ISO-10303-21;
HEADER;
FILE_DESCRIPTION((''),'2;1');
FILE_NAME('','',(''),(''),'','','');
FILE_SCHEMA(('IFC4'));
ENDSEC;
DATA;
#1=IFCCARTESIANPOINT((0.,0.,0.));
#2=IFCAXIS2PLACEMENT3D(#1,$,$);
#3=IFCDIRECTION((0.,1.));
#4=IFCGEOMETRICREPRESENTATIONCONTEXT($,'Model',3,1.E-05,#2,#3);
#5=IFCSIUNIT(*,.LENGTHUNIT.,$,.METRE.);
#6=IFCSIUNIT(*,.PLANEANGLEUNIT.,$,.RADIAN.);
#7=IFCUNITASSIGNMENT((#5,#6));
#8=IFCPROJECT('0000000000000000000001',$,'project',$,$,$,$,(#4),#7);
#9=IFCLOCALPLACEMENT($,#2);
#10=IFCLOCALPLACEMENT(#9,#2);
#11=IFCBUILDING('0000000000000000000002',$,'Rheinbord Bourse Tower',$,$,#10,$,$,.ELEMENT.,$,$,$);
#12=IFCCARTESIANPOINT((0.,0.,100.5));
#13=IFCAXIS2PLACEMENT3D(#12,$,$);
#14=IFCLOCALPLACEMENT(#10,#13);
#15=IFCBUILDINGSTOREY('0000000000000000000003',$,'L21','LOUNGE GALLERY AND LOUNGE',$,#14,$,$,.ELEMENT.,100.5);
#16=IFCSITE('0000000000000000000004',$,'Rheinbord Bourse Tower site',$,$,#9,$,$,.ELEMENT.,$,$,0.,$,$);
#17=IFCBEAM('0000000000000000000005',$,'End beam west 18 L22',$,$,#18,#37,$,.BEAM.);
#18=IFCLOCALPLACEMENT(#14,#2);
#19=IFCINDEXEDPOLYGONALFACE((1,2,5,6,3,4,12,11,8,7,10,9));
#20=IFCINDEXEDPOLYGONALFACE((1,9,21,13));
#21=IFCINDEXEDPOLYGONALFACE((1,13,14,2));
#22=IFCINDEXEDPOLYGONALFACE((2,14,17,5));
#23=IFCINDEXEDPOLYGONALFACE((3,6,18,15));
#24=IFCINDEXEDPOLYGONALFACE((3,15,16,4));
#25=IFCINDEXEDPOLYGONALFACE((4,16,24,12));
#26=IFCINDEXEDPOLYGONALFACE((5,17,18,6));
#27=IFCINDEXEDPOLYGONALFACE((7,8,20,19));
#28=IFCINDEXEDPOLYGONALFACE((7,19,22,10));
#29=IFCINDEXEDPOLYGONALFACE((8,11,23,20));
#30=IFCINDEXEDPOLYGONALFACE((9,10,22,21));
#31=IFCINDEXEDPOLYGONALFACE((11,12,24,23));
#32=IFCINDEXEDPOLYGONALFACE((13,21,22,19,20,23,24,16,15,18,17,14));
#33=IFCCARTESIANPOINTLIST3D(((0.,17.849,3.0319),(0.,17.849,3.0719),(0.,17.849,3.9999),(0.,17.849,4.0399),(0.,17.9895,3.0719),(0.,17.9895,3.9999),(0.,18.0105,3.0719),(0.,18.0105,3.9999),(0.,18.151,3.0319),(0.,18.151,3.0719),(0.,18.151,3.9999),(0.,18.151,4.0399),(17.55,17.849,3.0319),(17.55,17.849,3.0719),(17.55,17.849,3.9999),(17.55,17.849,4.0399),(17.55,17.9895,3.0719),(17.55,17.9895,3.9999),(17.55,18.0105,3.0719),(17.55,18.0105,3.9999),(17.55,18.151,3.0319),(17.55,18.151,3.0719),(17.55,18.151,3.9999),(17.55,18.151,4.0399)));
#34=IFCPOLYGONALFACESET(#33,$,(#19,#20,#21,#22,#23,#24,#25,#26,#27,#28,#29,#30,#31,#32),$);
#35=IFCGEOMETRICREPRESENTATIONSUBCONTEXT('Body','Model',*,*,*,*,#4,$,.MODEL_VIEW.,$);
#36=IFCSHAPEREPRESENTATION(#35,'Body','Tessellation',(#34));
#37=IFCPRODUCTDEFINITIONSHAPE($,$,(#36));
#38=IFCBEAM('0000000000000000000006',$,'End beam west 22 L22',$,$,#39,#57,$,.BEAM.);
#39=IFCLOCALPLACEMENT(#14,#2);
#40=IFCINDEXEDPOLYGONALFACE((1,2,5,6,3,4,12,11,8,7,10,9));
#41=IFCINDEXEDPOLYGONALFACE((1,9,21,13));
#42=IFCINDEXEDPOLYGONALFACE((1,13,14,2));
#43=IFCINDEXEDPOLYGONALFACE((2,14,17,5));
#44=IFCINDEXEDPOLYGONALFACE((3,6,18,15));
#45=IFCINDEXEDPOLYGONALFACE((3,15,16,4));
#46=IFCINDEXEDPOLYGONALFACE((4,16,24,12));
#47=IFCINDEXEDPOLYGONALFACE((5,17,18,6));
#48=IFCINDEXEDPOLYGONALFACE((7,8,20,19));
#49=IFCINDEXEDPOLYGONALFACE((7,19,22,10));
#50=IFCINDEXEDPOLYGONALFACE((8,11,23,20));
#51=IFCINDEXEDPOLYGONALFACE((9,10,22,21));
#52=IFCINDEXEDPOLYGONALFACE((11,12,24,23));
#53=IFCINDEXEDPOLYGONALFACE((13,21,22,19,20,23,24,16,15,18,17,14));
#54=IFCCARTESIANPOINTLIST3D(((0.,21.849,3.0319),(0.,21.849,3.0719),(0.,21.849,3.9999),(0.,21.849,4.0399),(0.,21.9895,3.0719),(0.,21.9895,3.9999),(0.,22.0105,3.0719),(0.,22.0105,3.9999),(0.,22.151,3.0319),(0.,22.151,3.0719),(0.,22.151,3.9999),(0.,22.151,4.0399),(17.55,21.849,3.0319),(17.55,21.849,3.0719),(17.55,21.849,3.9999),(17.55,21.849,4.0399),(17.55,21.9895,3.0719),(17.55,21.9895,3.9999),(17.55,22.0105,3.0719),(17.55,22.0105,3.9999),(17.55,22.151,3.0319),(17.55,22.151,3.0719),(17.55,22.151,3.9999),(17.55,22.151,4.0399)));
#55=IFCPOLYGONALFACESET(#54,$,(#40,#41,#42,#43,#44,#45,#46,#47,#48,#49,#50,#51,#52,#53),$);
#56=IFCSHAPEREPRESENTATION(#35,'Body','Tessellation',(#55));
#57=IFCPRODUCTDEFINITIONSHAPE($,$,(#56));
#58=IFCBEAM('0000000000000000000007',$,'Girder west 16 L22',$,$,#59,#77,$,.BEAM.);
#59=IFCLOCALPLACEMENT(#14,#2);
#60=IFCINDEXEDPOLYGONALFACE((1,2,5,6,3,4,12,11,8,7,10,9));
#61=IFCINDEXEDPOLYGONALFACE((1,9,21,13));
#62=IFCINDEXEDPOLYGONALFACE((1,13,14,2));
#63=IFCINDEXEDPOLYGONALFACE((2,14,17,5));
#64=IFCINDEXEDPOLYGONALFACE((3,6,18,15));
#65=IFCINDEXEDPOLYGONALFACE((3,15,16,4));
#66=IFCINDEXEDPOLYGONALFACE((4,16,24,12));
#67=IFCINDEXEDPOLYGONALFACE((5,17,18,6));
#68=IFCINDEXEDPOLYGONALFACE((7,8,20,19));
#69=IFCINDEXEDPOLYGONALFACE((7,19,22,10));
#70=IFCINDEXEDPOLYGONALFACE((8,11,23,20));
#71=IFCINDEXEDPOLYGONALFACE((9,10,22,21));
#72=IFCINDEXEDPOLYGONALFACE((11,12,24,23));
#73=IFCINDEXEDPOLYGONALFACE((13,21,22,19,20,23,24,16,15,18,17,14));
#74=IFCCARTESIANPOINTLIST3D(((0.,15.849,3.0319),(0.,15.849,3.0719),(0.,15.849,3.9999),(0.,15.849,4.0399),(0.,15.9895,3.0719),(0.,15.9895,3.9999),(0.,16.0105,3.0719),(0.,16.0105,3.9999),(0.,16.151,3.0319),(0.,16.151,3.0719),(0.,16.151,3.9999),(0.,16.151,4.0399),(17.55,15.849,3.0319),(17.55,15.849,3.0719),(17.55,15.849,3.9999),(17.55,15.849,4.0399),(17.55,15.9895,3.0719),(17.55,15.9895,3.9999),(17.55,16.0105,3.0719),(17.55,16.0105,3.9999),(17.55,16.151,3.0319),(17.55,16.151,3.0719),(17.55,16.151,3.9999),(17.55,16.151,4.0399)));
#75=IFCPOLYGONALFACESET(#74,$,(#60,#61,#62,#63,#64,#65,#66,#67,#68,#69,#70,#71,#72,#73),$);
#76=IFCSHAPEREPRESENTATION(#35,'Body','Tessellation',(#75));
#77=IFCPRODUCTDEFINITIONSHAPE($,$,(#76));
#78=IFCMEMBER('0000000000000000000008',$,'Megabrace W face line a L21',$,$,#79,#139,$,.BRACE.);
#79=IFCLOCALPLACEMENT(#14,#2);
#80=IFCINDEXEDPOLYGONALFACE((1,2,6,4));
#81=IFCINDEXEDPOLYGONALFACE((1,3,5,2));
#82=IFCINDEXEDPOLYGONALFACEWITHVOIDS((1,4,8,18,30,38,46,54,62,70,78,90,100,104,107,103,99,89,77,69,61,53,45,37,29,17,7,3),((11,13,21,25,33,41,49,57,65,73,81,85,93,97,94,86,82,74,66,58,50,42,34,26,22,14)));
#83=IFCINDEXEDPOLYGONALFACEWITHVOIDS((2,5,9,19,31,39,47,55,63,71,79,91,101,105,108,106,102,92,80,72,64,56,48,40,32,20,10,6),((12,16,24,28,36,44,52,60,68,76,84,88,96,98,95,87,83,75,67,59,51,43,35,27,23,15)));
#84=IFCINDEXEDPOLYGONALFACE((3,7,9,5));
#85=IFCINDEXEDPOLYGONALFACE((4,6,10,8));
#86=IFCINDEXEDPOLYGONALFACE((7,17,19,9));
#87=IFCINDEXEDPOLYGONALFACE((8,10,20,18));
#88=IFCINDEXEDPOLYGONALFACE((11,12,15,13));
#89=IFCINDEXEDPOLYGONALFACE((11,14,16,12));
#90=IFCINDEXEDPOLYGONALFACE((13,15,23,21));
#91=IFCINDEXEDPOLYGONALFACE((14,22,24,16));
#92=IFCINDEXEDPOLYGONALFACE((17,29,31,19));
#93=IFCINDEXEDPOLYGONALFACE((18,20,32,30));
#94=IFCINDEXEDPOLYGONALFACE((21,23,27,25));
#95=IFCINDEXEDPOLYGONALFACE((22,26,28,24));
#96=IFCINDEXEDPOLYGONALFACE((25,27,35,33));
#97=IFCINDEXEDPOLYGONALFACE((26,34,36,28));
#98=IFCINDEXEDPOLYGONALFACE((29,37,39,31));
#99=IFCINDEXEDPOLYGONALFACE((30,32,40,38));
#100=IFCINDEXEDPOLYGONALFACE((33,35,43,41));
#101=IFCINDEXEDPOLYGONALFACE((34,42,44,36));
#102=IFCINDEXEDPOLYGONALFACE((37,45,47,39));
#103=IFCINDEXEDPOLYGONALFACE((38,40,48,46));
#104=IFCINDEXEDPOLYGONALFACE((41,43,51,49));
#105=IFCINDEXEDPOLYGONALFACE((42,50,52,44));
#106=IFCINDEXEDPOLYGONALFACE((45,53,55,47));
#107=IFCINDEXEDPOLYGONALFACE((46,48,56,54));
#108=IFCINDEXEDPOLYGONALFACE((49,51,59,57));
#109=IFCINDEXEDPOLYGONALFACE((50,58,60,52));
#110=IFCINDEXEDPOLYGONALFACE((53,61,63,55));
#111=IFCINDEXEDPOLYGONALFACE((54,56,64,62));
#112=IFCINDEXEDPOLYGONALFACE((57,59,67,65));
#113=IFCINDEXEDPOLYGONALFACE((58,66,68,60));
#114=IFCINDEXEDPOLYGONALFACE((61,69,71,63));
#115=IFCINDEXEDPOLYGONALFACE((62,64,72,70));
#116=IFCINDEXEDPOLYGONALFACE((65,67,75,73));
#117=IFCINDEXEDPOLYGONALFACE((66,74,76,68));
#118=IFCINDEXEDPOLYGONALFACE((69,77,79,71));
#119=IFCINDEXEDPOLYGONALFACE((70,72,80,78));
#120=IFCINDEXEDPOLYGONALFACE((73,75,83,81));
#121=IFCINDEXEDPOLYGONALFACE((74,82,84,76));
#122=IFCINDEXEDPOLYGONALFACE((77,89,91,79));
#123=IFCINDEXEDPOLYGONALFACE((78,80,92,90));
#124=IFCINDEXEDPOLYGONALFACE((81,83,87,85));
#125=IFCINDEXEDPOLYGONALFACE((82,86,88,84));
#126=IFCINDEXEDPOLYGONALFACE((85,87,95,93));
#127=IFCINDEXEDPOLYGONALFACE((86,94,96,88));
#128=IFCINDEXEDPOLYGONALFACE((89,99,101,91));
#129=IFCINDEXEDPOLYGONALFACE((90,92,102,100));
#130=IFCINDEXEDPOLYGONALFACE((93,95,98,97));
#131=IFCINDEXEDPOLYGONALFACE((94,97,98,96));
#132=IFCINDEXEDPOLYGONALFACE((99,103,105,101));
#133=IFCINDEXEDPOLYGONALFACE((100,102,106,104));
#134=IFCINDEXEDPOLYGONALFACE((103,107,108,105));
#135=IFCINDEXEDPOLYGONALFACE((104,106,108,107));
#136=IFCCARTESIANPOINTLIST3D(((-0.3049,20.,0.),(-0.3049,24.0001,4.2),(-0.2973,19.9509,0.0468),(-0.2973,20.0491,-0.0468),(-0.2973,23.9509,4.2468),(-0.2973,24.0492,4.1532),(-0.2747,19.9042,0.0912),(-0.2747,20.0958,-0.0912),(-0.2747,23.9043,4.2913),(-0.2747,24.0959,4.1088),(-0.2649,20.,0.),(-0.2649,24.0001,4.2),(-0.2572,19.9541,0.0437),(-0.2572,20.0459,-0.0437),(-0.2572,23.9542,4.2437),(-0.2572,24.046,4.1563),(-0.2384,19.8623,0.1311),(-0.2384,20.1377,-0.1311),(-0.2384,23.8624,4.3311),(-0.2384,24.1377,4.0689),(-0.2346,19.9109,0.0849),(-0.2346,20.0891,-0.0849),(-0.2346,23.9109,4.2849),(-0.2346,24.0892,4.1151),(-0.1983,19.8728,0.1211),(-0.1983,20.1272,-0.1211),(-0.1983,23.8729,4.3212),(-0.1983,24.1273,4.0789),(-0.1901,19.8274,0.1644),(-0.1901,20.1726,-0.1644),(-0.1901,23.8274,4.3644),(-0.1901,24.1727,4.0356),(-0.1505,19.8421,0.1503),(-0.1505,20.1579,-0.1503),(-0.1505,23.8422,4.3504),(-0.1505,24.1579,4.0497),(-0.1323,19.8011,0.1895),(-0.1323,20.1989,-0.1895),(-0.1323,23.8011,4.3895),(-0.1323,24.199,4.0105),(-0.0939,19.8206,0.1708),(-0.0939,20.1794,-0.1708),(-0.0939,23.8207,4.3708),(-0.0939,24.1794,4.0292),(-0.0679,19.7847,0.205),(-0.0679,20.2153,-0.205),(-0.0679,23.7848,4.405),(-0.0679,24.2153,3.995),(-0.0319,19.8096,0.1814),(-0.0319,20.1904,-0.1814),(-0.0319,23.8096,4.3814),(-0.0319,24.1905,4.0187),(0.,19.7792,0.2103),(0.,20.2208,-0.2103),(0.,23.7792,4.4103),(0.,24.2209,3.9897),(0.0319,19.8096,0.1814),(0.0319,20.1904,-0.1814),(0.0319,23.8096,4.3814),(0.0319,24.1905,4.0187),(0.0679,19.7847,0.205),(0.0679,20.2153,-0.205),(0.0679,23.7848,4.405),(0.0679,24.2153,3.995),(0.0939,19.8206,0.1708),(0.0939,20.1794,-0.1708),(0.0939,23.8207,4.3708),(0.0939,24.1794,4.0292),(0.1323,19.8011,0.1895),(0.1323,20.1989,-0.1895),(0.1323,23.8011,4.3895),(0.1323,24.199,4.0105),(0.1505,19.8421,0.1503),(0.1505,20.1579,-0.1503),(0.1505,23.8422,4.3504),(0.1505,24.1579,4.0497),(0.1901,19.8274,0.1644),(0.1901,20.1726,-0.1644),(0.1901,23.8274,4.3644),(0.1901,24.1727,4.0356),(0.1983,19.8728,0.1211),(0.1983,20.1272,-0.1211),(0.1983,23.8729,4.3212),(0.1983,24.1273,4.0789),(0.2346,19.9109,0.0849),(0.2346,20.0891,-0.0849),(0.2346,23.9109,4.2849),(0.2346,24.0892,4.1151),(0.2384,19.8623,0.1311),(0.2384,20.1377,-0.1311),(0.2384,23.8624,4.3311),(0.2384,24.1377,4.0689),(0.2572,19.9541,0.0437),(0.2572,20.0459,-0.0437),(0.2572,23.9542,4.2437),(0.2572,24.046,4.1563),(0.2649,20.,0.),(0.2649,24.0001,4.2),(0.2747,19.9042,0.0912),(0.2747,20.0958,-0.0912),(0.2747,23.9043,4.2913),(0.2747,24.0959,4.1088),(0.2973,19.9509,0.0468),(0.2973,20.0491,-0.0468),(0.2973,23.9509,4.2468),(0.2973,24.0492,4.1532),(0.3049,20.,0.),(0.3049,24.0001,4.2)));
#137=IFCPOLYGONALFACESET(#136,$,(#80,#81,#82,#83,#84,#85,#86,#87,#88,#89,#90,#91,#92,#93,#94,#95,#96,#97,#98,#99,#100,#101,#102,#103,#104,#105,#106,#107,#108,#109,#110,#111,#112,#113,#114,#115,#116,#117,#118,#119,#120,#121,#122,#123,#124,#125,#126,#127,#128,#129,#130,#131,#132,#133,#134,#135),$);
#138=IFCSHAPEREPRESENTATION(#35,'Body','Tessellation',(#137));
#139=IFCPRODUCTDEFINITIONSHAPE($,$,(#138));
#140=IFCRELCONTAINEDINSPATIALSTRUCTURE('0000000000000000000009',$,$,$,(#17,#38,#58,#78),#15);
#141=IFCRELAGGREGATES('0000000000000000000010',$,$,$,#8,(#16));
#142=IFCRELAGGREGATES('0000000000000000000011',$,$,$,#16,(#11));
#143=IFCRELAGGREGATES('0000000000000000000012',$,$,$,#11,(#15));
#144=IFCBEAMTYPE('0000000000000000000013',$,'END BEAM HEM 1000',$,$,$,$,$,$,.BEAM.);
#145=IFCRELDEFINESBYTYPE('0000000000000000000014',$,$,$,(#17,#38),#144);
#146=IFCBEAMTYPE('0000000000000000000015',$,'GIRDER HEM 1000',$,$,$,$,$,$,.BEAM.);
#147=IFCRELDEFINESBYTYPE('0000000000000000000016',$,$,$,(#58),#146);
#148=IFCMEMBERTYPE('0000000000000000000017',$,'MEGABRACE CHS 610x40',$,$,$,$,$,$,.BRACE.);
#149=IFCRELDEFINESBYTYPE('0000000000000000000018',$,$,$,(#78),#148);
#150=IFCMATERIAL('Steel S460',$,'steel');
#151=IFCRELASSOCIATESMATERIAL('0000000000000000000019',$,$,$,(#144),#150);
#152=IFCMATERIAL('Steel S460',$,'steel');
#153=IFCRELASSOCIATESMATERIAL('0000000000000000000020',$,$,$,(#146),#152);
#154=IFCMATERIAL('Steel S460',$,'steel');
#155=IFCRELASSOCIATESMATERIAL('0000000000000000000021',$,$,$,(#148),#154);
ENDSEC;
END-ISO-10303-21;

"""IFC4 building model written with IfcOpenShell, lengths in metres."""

from ifc_helpers import new_model, si_unit, direction, frame, origin, origin_2d, place, context, subcontext, project, spatial, hollow_circle, i_section, extrude, material, material_profile, profile_set, type_object, element, save


model = new_model("IFC4")

# Units and contexts
model_context = context("Model", 3, precision=1e-05, world=origin(), true_north=direction((0.0, 1.0)))
body_context = subcontext(model_context, "Body", "Model", "MODEL_VIEW")
ifc_project = project(units=[si_unit("LENGTHUNIT", "METRE"), si_unit("PLANEANGLEUNIT", "RADIAN")], contexts=[model_context])

# Site, building, storey
site_placement = place(None, origin())
site = spatial("IfcSite", under=ifc_project, at=site_placement, Name="Rheinbord Bourse Tower site", CompositionType="ELEMENT", RefElevation=0.0)
building_placement = place(site_placement, origin())
building = spatial("IfcBuilding", under=site, at=building_placement, Name="Rheinbord Bourse Tower", CompositionType="ELEMENT")
storey_placement = place(building_placement, frame((0.0, 0.0, 100.5)))
storey = spatial("IfcBuildingStorey", under=building, at=storey_placement, Name="L21", Description="LOUNGE GALLERY AND LOUNGE", CompositionType="ELEMENT", Elevation=100.5)

# Beams
ifc_material_1 = material(Name="Steel S460", Category="steel")
ifc_material_profile_1 = material_profile(ifc_material_1, i_section(OverallWidth=0.302, OverallDepth=1.0081, WebThickness=0.021, FlangeThickness=0.04, at=origin_2d()), Name="HEM 1000")
ifc_profile_set_1 = profile_set([ifc_material_profile_1], Name="Steel S460")
beam_type_1 = type_object("IfcBeamType", Name="END BEAM HEM 1000", PredefinedType="BEAM", material=ifc_profile_set_1)
for number, where, z_axis, x_axis, name in (
    (1, (0.0, 18.0, 3.5359), (1.0, 0.0, 0.0), (0.0, 1.0, 0.0), "End beam west 18 L22"),
    (2, (0.0, 22.0, 3.5359), (1.0, 0.0, 0.0), (0.0, 1.0, 0.0), "End beam west 22 L22"),
):
    element("IfcBeam", number, at=place(storey_placement, frame(where, z_axis=z_axis, x_axis=x_axis)), inside=storey, type_object=beam_type_1, Name=name, PredefinedType="BEAM", context=body_context, shape_type="SweptSolid", body=[
        extrude(i_section(OverallWidth=0.302, OverallDepth=1.0081, WebThickness=0.021, FlangeThickness=0.04, at=origin_2d()), origin(), (0.0, 0.0, 1.0), 17.55),
    ])
ifc_material_2 = material(Name="Steel S460", Category="steel")
ifc_material_profile_2 = material_profile(ifc_material_2, i_section(OverallWidth=0.302, OverallDepth=1.0081, WebThickness=0.021, FlangeThickness=0.04, at=origin_2d()), Name="HEM 1000")
ifc_profile_set_2 = profile_set([ifc_material_profile_2], Name="Steel S460")
beam_type_2 = type_object("IfcBeamType", Name="GIRDER HEM 1000", PredefinedType="BEAM", material=ifc_profile_set_2)
beam_placement = place(storey_placement, frame((0.0, 16.0, 3.5359), z_axis=(1.0, 0.0, 0.0), x_axis=(0.0, 1.0, 0.0)))
element("IfcBeam", 3, at=beam_placement, inside=storey, type_object=beam_type_2, Name="Girder west 16 L22", PredefinedType="BEAM", context=body_context, shape_type="SweptSolid", body=[
    extrude(i_section(OverallWidth=0.302, OverallDepth=1.0081, WebThickness=0.021, FlangeThickness=0.04, at=origin_2d()), origin(), (0.0, 0.0, 1.0), 17.55),
])

# Member
ifc_material_3 = material(Name="Steel S460", Category="steel")
ifc_material_profile_3 = material_profile(ifc_material_3, hollow_circle(Radius=0.3049, WallThickness=0.04, at=origin_2d()), Name="CHS 610x40")
ifc_profile_set_3 = profile_set([ifc_material_profile_3], Name="Steel S460")
member_type_1 = type_object("IfcMemberType", Name="MEGABRACE CHS 610x40", PredefinedType="BRACE", material=ifc_profile_set_3)
member_1_placement = place(storey_placement, frame((0.0, 20.0, 0.0), z_axis=(0.0, 0.689659, 0.724134), x_axis=(-1.0, 0.0, 0.0)))
element("IfcMember", 4, at=member_1_placement, inside=storey, type_object=member_type_1, Name="Megabrace W face line a L21", PredefinedType="BRACE", context=body_context, shape_type="SweptSolid", body=[
    extrude(hollow_circle(Radius=0.3049, WallThickness=0.04, at=origin_2d()), origin(), (0.0, 0.0, 1.0), 5.8),
])

save(model, "model.ifc")
